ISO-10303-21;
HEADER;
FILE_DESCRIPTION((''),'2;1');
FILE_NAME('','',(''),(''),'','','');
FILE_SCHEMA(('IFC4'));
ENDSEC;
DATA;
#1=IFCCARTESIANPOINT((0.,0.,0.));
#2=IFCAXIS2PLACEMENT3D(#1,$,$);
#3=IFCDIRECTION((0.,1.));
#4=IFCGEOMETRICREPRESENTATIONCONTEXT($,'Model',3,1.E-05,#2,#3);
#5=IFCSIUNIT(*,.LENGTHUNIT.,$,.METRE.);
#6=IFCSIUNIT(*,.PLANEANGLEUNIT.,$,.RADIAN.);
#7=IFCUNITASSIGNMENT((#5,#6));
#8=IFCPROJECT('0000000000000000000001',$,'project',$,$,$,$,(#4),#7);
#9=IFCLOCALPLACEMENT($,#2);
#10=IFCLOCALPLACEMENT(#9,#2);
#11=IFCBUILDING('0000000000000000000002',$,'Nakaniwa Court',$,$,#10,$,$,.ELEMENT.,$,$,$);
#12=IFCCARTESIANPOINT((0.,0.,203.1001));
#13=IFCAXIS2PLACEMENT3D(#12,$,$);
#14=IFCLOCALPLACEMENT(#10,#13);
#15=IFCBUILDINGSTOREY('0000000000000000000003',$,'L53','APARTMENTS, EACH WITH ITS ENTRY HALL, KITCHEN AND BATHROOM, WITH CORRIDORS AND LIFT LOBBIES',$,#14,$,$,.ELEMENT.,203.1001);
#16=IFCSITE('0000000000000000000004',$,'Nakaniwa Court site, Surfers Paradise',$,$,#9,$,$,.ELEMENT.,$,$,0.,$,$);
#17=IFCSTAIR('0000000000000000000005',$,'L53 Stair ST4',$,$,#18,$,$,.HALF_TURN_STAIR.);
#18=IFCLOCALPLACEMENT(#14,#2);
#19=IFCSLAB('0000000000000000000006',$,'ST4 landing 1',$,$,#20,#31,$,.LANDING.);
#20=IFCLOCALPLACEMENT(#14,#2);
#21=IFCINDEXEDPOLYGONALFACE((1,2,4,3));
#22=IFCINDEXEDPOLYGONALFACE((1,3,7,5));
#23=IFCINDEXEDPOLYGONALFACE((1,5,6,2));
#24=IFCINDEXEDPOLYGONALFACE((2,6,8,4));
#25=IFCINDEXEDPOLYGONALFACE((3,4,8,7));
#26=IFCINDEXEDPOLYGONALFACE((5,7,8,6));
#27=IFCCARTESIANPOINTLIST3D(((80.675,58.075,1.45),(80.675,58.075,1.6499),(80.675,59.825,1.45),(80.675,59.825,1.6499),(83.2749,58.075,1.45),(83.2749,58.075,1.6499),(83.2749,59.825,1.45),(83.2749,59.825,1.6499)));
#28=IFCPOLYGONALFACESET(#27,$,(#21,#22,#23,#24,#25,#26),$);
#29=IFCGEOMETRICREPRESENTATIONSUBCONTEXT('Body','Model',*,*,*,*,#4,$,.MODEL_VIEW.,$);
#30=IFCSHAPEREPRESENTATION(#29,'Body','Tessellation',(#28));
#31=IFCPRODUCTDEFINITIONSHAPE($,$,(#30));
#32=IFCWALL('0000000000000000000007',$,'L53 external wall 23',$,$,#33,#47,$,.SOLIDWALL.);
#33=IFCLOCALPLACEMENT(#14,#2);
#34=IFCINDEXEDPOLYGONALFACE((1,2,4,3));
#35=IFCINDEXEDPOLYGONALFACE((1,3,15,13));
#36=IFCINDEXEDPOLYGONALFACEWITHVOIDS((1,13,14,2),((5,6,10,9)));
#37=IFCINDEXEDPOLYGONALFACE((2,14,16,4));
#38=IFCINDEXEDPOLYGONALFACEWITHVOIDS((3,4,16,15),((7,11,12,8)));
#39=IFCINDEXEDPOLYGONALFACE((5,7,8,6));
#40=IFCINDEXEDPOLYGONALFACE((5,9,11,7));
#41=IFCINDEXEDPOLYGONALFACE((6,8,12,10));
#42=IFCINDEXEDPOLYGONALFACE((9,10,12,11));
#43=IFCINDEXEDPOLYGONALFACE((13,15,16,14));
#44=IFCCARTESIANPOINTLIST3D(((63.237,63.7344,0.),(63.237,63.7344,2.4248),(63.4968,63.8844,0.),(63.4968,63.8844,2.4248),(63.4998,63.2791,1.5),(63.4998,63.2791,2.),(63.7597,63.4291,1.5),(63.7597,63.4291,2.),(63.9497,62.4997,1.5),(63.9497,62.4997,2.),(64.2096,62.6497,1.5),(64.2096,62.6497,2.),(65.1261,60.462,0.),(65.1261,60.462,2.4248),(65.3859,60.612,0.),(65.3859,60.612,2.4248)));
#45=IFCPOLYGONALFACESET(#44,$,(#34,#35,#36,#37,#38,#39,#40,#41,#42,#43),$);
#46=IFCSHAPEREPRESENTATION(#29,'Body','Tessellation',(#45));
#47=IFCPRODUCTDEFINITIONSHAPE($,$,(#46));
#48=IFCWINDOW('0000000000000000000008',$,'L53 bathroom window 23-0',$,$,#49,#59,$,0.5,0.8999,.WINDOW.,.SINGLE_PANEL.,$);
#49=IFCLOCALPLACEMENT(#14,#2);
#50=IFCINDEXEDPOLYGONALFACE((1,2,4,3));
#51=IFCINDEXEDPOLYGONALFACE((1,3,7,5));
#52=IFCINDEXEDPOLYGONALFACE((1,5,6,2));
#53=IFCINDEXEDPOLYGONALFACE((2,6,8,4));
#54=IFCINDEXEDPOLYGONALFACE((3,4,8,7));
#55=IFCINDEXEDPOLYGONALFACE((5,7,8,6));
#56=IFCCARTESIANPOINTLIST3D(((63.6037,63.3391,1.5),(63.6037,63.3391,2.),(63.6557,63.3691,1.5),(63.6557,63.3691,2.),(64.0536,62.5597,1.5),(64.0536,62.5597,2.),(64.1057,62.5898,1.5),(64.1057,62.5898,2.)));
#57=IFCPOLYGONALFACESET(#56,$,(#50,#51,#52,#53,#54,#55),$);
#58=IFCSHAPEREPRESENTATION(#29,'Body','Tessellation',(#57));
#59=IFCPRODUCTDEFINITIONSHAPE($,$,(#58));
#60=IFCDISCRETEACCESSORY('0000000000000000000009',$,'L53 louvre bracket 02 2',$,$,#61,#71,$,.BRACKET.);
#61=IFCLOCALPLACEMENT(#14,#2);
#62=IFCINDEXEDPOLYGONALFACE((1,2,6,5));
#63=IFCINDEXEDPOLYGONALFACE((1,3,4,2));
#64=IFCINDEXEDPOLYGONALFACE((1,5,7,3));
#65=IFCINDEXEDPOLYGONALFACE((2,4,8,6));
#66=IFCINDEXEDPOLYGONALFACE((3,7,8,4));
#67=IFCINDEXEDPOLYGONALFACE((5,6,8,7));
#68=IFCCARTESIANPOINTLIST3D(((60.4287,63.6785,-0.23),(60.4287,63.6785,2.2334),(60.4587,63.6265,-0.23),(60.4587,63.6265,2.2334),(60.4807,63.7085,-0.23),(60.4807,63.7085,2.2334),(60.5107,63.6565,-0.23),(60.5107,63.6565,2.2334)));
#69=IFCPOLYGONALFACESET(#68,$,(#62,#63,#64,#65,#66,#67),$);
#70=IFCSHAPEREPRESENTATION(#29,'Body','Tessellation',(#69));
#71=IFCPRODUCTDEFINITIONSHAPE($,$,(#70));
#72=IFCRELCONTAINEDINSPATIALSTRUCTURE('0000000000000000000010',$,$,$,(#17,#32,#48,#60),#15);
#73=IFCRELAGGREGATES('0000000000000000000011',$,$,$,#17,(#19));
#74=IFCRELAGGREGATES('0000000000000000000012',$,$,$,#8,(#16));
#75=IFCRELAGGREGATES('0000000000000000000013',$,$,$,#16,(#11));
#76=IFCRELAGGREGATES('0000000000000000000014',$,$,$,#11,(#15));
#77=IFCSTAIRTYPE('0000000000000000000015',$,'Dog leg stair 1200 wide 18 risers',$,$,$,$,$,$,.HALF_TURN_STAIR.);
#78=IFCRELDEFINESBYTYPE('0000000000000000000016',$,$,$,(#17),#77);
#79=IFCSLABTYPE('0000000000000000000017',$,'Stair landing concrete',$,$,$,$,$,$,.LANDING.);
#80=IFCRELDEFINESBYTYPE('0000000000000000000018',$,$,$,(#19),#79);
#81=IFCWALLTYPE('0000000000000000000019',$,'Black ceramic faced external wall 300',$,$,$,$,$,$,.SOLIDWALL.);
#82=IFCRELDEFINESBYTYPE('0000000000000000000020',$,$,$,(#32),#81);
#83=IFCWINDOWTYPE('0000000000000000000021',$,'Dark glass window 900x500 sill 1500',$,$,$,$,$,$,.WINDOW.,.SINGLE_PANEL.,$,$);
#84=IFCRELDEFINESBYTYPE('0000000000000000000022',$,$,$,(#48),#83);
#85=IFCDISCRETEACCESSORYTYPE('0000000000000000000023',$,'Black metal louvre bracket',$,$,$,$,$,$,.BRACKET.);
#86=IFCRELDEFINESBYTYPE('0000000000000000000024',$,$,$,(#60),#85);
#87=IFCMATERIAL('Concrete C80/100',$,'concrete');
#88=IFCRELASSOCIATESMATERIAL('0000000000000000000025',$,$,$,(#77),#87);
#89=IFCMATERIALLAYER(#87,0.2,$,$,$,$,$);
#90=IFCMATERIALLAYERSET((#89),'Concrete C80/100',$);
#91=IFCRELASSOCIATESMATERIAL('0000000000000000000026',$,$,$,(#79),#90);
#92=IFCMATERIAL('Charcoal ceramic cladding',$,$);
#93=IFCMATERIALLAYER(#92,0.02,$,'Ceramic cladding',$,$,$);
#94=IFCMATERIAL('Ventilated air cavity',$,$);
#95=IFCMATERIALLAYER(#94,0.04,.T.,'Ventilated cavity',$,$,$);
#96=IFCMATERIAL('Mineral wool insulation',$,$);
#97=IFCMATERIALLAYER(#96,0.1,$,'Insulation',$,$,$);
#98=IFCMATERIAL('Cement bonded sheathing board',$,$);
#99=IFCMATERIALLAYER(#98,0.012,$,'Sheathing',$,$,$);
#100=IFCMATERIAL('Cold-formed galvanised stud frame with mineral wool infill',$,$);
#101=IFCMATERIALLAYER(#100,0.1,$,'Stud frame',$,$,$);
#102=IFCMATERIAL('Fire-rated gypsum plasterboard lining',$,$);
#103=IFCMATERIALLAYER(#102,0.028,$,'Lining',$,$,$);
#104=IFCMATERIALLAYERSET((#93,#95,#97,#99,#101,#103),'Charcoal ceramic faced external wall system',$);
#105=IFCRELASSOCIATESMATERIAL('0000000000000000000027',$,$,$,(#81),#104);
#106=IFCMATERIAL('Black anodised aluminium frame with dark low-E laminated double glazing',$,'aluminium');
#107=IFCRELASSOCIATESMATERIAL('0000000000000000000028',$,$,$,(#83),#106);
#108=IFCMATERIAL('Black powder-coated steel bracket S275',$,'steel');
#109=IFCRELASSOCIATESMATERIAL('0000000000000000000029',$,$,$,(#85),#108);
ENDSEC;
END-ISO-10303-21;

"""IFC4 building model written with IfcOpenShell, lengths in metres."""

from ifc_helpers import new_model, si_unit, direction, frame, frame_2d, origin, origin_2d, place, context, subcontext, project, spatial, polyline, rectangle, outline, extrude, material, layer, layer_set, type_object, element, fill, aggregate, save


model = new_model("IFC4")

# Units and contexts
model_context = context("Model", 3, precision=1e-05, world=origin(), true_north=direction((0.0, 1.0)))
body_context = subcontext(model_context, "Body", "Model", "MODEL_VIEW")
ifc_project = project(units=[si_unit("LENGTHUNIT", "METRE"), si_unit("PLANEANGLEUNIT", "RADIAN")], contexts=[model_context])

# Site, building, storey
site_placement = place(None, origin())
site = spatial("IfcSite", under=ifc_project, at=site_placement, Name="Nakaniwa Court site, Surfers Paradise", CompositionType="ELEMENT", RefElevation=0.0)
building_placement = place(site_placement, origin())
building = spatial("IfcBuilding", under=site, at=building_placement, Name="Nakaniwa Court", CompositionType="ELEMENT")
storey_placement = place(building_placement, frame((0.0, 0.0, 203.1001)))
storey = spatial("IfcBuildingStorey", under=building, at=storey_placement, Name="L53", Description="APARTMENTS, EACH WITH ITS ENTRY HALL, KITCHEN AND BATHROOM, WITH CORRIDORS AND LIFT LOBBIES", CompositionType="ELEMENT", Elevation=203.1001)

# Shared definitions
ifc_material_1 = material(Name="Concrete C80/100", Category="concrete")

# Stair, slab
stair_type = type_object("IfcStairType", Name="Dog leg stair 1200 wide 18 risers", PredefinedType="HALF_TURN_STAIR", material=ifc_material_1)
ifc_layer_1 = layer(ifc_material_1, 0.2)
ifc_layer_set_1 = layer_set([ifc_layer_1], Name="Concrete C80/100")
slab_type_1 = type_object("IfcSlabType", Name="Stair landing concrete", PredefinedType="LANDING", material=ifc_layer_set_1)
stair_1_placement = place(storey_placement, origin())
stair_1 = element("IfcStair", 1, at=stair_1_placement, inside=storey, type_object=stair_type, Name="L53 Stair ST4", PredefinedType="HALF_TURN_STAIR")
slab_1_placement = place(storey_placement, frame((0.0, 0.0, 1.45)))
slab_1 = element("IfcSlab", 2, at=slab_1_placement, type_object=slab_type_1, Name="ST4 landing 1", PredefinedType="LANDING", context=body_context, shape_type="SweptSolid", body=[
    extrude(outline(polyline([(83.2749, 58.075), (83.2749, 59.825), (80.675, 59.825), (80.675, 58.075), (83.2749, 58.075)])), origin(), (0.0, 0.0, 1.0), 0.2),
])
aggregate(stair_1, [slab_1])

# Wall, opening, window
ifc_material_2 = material(Name="Charcoal ceramic cladding")
ifc_layer_2 = layer(ifc_material_2, 0.02, Name="Ceramic cladding")
ifc_material_3 = material(Name="Ventilated air cavity")
ifc_layer_3 = layer(ifc_material_3, 0.04, ventilated=True, Name="Ventilated cavity")
ifc_material_4 = material(Name="Mineral wool insulation")
ifc_layer_4 = layer(ifc_material_4, 0.1, Name="Insulation")
ifc_material_5 = material(Name="Cement bonded sheathing board")
ifc_layer_5 = layer(ifc_material_5, 0.012, Name="Sheathing")
ifc_material_6 = material(Name="Cold-formed galvanised stud frame with mineral wool infill")
ifc_layer_6 = layer(ifc_material_6, 0.1, Name="Stud frame")
ifc_material_7 = material(Name="Fire-rated gypsum plasterboard lining")
ifc_layer_7 = layer(ifc_material_7, 0.028, Name="Lining")
ifc_layer_set_2 = layer_set([ifc_layer_2, ifc_layer_3, ifc_layer_4, ifc_layer_5, ifc_layer_6, ifc_layer_7], Name="Charcoal ceramic faced external wall system")
wall_type = type_object("IfcWallType", Name="Black ceramic faced external wall 300", PredefinedType="SOLIDWALL", material=ifc_layer_set_2)
wall_placement = place(storey_placement, frame((63.3669, 63.8093, 0.0), z_axis=(0.0, 0.0, 1.0), x_axis=(0.499961, -0.866048, 0.0)))
wall = element("IfcWall", 3, at=wall_placement, inside=storey, type_object=wall_type, Name="L53 external wall 23", PredefinedType="SOLIDWALL", context=body_context, shape_type="SweptSolid", body=[
    extrude(rectangle(XDim=3.7786, YDim=0.3, at=frame_2d((1.8892, 0.0))), origin(), (0.0, 0.0, 1.0), 2.4248),
])
opening_placement = place(wall_placement, frame((0.5256, 0.0, 1.5)))
opening = element("IfcOpeningElement", 4, at=opening_placement, cuts=wall, PredefinedType="OPENING", context=body_context, shape_type="SweptSolid", body=[
    extrude(rectangle(XDim=0.8999, YDim=0.5, at=frame_2d((0.45, 0.25))), frame((0.0, 0.1599, 0.0), z_axis=(0.0, -1.0, 0.0), x_axis=(1.0, 0.0, 0.0)), (0.0, 0.0, 1.0), 0.3201),
])
ifc_material_8 = material(Name="Black anodised aluminium frame with dark low-E laminated double glazing", Category="aluminium")
window_type = type_object("IfcWindowType", Name="Dark glass window 900x500 sill 1500", PartitioningType="SINGLE_PANEL", PredefinedType="WINDOW", material=ifc_material_8)
window_placement = place(opening_placement, origin())
window = element("IfcWindow", 5, at=window_placement, inside=storey, type_object=window_type, Name="L53 bathroom window 23-0", OverallHeight=0.5, OverallWidth=0.8999, PartitioningType="SINGLE_PANEL", PredefinedType="WINDOW", context=body_context, shape_type="SweptSolid", body=[
    extrude(rectangle(XDim=0.8999, YDim=0.5, at=frame_2d((0.45, 0.25))), frame((0.0, 0.03, 0.0), z_axis=(0.0, -1.0, 0.0), x_axis=(1.0, 0.0, 0.0)), (0.0, 0.0, 1.0), 0.0601),
])
fill(opening, window)

# Discrete accessory
ifc_material_9 = material(Name="Black powder-coated steel bracket S275", Category="steel")
discrete_accessory_type = type_object("IfcDiscreteAccessoryType", Name="Black metal louvre bracket", PredefinedType="BRACKET", material=ifc_material_9)
discrete_accessory_placement = place(storey_placement, frame((60.4697, 63.6675, -0.23), z_axis=(0.0, 0.0, 1.0), x_axis=(0.500017, -0.866016, 0.0)))
element("IfcDiscreteAccessory", 6, at=discrete_accessory_placement, inside=storey, type_object=discrete_accessory_type, Name="L53 louvre bracket 02 2", PredefinedType="BRACKET", context=body_context, shape_type="SweptSolid", body=[
    extrude(rectangle(XDim=0.0601, YDim=0.0601, at=origin_2d()), origin(), (0.0, 0.0, 1.0), 2.4634),
])

save(model, "model.ifc")
